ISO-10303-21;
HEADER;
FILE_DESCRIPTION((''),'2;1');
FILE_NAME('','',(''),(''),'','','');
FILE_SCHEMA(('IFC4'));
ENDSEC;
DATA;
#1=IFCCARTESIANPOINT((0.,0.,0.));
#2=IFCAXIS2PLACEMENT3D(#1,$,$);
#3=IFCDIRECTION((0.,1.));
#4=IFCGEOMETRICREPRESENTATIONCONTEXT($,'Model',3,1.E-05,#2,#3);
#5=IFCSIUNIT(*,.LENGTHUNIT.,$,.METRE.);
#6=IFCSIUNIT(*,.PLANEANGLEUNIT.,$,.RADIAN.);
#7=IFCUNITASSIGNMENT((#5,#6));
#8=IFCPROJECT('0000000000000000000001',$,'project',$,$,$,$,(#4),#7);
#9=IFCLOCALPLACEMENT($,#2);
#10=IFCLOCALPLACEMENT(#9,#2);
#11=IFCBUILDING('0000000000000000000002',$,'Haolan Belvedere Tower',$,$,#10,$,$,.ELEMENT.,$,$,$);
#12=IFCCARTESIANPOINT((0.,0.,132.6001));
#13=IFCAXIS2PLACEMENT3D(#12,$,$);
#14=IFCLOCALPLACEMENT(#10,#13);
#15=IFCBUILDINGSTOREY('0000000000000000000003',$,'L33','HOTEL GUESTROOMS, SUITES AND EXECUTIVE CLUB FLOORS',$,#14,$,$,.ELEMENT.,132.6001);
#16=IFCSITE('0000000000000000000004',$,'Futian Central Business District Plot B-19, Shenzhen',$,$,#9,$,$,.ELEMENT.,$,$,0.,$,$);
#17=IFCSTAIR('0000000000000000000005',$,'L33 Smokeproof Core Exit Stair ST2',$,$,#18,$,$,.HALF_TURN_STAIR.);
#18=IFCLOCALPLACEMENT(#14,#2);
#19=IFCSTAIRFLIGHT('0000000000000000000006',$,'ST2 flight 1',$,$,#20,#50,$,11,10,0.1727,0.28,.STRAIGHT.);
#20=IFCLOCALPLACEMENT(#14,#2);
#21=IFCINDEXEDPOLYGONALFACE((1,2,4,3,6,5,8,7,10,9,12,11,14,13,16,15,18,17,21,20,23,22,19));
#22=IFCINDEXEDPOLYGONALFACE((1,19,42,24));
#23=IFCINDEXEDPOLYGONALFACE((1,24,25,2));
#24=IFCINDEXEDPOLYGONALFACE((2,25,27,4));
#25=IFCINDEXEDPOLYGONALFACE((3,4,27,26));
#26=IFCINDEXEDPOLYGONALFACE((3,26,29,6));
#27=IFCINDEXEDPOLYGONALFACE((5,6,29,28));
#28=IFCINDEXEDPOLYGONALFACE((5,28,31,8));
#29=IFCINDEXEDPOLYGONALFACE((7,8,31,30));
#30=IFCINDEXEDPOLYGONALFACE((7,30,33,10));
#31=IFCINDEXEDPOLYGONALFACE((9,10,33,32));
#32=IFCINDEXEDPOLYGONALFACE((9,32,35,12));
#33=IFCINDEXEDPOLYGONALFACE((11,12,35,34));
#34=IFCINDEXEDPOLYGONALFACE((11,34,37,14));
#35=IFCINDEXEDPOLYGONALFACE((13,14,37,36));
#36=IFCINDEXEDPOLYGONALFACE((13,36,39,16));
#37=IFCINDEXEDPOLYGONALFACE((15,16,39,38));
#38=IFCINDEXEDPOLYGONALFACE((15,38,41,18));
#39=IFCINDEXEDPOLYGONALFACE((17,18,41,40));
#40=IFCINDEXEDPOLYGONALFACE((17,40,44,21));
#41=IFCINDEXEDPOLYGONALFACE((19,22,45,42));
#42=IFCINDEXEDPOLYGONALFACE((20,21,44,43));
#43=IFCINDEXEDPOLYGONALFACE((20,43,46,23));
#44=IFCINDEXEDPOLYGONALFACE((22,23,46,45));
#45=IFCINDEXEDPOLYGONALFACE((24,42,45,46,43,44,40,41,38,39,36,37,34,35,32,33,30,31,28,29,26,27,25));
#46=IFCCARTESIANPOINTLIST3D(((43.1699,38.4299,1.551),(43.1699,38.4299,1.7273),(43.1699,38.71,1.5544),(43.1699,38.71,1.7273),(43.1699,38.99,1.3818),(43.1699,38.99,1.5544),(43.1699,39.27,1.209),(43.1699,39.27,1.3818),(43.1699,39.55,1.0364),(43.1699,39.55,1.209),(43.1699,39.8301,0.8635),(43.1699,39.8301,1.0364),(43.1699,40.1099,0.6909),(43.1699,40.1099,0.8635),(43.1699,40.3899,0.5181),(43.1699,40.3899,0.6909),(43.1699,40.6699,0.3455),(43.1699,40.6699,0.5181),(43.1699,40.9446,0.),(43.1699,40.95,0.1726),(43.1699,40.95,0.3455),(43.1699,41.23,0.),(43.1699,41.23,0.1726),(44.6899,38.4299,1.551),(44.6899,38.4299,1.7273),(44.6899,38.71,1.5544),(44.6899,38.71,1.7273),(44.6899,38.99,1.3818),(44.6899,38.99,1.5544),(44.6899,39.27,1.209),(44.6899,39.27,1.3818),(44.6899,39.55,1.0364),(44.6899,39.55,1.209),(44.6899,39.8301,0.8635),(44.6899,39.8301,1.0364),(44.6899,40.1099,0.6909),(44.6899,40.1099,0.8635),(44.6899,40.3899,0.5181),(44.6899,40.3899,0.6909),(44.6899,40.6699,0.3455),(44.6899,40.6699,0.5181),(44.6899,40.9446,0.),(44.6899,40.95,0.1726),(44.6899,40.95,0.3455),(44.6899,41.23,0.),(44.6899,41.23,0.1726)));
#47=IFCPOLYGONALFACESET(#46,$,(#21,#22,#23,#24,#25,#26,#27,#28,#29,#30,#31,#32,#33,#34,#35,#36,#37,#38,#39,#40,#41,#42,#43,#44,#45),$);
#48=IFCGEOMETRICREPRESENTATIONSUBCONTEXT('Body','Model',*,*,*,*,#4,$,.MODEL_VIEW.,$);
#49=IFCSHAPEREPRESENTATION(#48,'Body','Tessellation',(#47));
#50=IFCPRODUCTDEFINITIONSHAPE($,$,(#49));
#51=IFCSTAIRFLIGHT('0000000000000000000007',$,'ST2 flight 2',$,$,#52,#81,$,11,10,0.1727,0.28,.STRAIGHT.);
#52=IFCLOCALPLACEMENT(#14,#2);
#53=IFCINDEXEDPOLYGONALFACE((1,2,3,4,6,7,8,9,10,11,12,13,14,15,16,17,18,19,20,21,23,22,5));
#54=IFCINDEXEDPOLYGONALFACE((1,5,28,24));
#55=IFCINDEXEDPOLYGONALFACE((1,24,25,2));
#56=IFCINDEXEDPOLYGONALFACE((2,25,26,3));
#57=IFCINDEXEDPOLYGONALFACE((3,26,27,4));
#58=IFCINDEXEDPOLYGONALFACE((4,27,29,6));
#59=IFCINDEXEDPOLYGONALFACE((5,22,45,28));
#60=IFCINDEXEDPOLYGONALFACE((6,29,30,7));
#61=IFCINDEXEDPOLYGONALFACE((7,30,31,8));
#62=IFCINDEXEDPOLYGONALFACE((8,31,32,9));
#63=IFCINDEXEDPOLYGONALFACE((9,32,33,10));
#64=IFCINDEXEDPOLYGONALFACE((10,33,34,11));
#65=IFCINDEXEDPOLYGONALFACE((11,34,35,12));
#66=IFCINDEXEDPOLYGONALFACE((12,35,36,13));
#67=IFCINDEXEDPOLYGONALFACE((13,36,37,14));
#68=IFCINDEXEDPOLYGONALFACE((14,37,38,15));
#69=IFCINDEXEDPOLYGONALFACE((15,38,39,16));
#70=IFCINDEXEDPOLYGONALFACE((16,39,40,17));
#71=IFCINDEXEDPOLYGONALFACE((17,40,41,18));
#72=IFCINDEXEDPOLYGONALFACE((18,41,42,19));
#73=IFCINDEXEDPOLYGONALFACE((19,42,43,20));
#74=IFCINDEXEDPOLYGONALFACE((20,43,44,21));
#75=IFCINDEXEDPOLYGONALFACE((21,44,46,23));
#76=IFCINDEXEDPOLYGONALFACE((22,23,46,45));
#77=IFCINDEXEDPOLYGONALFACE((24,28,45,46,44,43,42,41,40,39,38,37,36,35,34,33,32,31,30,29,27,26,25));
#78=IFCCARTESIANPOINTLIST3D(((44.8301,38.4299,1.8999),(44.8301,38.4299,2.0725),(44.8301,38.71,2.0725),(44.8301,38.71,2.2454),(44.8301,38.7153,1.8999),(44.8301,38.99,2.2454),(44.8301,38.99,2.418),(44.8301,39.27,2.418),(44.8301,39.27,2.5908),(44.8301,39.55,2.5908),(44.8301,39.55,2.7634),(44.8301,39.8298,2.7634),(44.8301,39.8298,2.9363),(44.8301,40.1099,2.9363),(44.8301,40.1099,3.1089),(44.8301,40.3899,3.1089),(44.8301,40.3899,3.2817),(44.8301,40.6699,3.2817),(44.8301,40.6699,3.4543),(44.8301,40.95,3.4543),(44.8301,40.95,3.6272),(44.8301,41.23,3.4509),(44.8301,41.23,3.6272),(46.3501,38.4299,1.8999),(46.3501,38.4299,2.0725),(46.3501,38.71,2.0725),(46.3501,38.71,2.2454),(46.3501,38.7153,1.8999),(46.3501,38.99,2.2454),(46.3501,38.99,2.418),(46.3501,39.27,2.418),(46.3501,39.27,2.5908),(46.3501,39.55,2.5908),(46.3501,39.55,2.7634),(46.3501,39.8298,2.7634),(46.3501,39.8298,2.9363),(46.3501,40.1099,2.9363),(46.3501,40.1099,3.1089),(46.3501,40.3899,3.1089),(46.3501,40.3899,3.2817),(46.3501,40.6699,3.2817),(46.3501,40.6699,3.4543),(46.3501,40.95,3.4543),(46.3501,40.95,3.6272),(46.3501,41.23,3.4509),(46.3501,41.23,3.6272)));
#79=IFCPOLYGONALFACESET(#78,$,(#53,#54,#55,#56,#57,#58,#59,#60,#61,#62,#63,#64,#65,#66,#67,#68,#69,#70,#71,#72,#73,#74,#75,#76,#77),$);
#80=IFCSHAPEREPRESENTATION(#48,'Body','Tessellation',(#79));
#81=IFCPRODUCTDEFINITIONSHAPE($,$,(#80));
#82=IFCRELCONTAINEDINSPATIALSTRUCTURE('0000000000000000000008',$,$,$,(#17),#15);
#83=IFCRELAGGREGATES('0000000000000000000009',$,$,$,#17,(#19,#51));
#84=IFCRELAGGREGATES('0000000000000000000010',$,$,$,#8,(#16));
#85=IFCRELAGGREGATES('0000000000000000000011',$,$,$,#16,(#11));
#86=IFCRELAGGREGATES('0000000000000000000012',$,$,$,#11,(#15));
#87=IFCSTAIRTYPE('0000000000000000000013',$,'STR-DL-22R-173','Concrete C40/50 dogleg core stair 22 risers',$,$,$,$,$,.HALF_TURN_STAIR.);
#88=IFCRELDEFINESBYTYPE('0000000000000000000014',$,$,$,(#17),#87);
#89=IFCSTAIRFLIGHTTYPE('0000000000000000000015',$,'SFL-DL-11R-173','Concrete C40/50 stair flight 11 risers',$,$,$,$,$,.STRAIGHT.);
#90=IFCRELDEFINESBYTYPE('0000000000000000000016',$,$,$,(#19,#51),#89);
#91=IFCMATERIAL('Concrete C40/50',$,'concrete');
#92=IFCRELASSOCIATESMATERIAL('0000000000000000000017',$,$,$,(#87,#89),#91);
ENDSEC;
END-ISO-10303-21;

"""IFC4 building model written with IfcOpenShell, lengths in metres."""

from ifc_helpers import new_model, si_unit, direction, frame, origin, place, context, subcontext, project, spatial, polyline, outline, extrude, material, type_object, element, aggregate, save


model = new_model("IFC4")

# Units and contexts
model_context = context("Model", 3, precision=1e-05, world=origin(), true_north=direction((0.0, 1.0)))
body_context = subcontext(model_context, "Body", "Model", "MODEL_VIEW")
ifc_project = project(units=[si_unit("LENGTHUNIT", "METRE"), si_unit("PLANEANGLEUNIT", "RADIAN")], contexts=[model_context])

# Site, building, storey
site_placement = place(None, origin())
site = spatial("IfcSite", under=ifc_project, at=site_placement, Name="Futian Central Business District Plot B-19, Shenzhen", CompositionType="ELEMENT", RefElevation=0.0)
building_placement = place(site_placement, origin())
building = spatial("IfcBuilding", under=site, at=building_placement, Name="Haolan Belvedere Tower", CompositionType="ELEMENT")
storey_placement = place(building_placement, frame((0.0, 0.0, 132.6001)))
storey = spatial("IfcBuildingStorey", under=building, at=storey_placement, Name="L33", Description="HOTEL GUESTROOMS, SUITES AND EXECUTIVE CLUB FLOORS", CompositionType="ELEMENT", Elevation=132.6001)

# Stair, stair flights
ifc_material_1 = material(Name="Concrete C40/50", Category="concrete")
stair_type = type_object("IfcStairType", Name="STR-DL-22R-173", Description="Concrete C40/50 dogleg core stair 22 risers", PredefinedType="HALF_TURN_STAIR", material=ifc_material_1)
stair_flight_type = type_object("IfcStairFlightType", Name="SFL-DL-11R-173", Description="Concrete C40/50 stair flight 11 risers", PredefinedType="STRAIGHT", material=ifc_material_1)
stair_1_placement = place(storey_placement, origin())
stair_1 = element("IfcStair", 1, at=stair_1_placement, inside=storey, type_object=stair_type, Name="L33 Smokeproof Core Exit Stair ST2", PredefinedType="HALF_TURN_STAIR")
stair_flight_1_placement = place(storey_placement, frame((43.9299, 41.23, 0.0), z_axis=(0.0, 0.0, 1.0), x_axis=(0.0, -1.0, 0.0)))
stair_flight_1 = element("IfcStairFlight", 2, at=stair_flight_1_placement, type_object=stair_flight_type, Name="ST2 flight 1", NumberOfRisers=11, NumberOfTreads=10, PredefinedType="STRAIGHT", RiserHeight=0.1727, TreadLength=0.28, context=body_context, shape_type="SweptSolid", body=[
    extrude(outline(polyline([(0.0, 0.0), (0.0, 0.1726), (0.28, 0.1726), (0.28, 0.3455), (0.5601, 0.3455), (0.5601, 0.5181), (0.8401, 0.5181), (0.8401, 0.6909), (1.1201, 0.6909), (1.1201, 0.8635), (1.3999, 0.8635), (1.3999, 1.0364), (1.6799, 1.0364), (1.6799, 1.209), (1.96, 1.209), (1.96, 1.3818), (2.24, 1.3818), (2.24, 1.5544), (2.52, 1.5544), (2.52, 1.7273), (2.8, 1.7273), (2.8, 1.8999), (2.8, 1.551), (0.2854, 0.0), (0.0, 0.0)])), frame((0.0, 0.76, 0.0), z_axis=(0.0, -1.0, 0.0), x_axis=(1.0, 0.0, 0.0)), (0.0, 0.0, 1.0), 1.52),
])
stair_flight_2_placement = place(storey_placement, frame((45.5901, 38.4299, 1.8999), z_axis=(0.0, 0.0, 1.0), x_axis=(0.0, 1.0, 0.0)))
stair_flight_2 = element("IfcStairFlight", 3, at=stair_flight_2_placement, type_object=stair_flight_type, Name="ST2 flight 2", NumberOfRisers=11, NumberOfTreads=10, PredefinedType="STRAIGHT", RiserHeight=0.1727, TreadLength=0.28, context=body_context, shape_type="SweptSolid", body=[
    extrude(outline(polyline([(0.0, 0.0), (0.0, 0.1726), (0.28, 0.1726), (0.28, 0.3455), (0.5601, 0.3455), (0.5601, 0.5181), (0.8401, 0.5181), (0.8401, 0.6909), (1.1201, 0.6909), (1.1201, 0.8635), (1.3999, 0.8635), (1.3999, 1.0364), (1.6799, 1.0364), (1.6799, 1.209), (1.96, 1.209), (1.96, 1.3818), (2.24, 1.3818), (2.24, 1.5544), (2.52, 1.5544), (2.52, 1.7273), (2.8, 1.7273), (2.8, 1.8999), (2.8, 1.551), (0.2854, 0.0), (0.0, 0.0)])), frame((0.0, 0.76, 0.0), z_axis=(0.0, -1.0, 0.0), x_axis=(1.0, 0.0, 0.0)), (0.0, 0.0, 1.0), 1.52),
])
aggregate(stair_1, [stair_flight_1, stair_flight_2])

save(model, "model.ifc")
